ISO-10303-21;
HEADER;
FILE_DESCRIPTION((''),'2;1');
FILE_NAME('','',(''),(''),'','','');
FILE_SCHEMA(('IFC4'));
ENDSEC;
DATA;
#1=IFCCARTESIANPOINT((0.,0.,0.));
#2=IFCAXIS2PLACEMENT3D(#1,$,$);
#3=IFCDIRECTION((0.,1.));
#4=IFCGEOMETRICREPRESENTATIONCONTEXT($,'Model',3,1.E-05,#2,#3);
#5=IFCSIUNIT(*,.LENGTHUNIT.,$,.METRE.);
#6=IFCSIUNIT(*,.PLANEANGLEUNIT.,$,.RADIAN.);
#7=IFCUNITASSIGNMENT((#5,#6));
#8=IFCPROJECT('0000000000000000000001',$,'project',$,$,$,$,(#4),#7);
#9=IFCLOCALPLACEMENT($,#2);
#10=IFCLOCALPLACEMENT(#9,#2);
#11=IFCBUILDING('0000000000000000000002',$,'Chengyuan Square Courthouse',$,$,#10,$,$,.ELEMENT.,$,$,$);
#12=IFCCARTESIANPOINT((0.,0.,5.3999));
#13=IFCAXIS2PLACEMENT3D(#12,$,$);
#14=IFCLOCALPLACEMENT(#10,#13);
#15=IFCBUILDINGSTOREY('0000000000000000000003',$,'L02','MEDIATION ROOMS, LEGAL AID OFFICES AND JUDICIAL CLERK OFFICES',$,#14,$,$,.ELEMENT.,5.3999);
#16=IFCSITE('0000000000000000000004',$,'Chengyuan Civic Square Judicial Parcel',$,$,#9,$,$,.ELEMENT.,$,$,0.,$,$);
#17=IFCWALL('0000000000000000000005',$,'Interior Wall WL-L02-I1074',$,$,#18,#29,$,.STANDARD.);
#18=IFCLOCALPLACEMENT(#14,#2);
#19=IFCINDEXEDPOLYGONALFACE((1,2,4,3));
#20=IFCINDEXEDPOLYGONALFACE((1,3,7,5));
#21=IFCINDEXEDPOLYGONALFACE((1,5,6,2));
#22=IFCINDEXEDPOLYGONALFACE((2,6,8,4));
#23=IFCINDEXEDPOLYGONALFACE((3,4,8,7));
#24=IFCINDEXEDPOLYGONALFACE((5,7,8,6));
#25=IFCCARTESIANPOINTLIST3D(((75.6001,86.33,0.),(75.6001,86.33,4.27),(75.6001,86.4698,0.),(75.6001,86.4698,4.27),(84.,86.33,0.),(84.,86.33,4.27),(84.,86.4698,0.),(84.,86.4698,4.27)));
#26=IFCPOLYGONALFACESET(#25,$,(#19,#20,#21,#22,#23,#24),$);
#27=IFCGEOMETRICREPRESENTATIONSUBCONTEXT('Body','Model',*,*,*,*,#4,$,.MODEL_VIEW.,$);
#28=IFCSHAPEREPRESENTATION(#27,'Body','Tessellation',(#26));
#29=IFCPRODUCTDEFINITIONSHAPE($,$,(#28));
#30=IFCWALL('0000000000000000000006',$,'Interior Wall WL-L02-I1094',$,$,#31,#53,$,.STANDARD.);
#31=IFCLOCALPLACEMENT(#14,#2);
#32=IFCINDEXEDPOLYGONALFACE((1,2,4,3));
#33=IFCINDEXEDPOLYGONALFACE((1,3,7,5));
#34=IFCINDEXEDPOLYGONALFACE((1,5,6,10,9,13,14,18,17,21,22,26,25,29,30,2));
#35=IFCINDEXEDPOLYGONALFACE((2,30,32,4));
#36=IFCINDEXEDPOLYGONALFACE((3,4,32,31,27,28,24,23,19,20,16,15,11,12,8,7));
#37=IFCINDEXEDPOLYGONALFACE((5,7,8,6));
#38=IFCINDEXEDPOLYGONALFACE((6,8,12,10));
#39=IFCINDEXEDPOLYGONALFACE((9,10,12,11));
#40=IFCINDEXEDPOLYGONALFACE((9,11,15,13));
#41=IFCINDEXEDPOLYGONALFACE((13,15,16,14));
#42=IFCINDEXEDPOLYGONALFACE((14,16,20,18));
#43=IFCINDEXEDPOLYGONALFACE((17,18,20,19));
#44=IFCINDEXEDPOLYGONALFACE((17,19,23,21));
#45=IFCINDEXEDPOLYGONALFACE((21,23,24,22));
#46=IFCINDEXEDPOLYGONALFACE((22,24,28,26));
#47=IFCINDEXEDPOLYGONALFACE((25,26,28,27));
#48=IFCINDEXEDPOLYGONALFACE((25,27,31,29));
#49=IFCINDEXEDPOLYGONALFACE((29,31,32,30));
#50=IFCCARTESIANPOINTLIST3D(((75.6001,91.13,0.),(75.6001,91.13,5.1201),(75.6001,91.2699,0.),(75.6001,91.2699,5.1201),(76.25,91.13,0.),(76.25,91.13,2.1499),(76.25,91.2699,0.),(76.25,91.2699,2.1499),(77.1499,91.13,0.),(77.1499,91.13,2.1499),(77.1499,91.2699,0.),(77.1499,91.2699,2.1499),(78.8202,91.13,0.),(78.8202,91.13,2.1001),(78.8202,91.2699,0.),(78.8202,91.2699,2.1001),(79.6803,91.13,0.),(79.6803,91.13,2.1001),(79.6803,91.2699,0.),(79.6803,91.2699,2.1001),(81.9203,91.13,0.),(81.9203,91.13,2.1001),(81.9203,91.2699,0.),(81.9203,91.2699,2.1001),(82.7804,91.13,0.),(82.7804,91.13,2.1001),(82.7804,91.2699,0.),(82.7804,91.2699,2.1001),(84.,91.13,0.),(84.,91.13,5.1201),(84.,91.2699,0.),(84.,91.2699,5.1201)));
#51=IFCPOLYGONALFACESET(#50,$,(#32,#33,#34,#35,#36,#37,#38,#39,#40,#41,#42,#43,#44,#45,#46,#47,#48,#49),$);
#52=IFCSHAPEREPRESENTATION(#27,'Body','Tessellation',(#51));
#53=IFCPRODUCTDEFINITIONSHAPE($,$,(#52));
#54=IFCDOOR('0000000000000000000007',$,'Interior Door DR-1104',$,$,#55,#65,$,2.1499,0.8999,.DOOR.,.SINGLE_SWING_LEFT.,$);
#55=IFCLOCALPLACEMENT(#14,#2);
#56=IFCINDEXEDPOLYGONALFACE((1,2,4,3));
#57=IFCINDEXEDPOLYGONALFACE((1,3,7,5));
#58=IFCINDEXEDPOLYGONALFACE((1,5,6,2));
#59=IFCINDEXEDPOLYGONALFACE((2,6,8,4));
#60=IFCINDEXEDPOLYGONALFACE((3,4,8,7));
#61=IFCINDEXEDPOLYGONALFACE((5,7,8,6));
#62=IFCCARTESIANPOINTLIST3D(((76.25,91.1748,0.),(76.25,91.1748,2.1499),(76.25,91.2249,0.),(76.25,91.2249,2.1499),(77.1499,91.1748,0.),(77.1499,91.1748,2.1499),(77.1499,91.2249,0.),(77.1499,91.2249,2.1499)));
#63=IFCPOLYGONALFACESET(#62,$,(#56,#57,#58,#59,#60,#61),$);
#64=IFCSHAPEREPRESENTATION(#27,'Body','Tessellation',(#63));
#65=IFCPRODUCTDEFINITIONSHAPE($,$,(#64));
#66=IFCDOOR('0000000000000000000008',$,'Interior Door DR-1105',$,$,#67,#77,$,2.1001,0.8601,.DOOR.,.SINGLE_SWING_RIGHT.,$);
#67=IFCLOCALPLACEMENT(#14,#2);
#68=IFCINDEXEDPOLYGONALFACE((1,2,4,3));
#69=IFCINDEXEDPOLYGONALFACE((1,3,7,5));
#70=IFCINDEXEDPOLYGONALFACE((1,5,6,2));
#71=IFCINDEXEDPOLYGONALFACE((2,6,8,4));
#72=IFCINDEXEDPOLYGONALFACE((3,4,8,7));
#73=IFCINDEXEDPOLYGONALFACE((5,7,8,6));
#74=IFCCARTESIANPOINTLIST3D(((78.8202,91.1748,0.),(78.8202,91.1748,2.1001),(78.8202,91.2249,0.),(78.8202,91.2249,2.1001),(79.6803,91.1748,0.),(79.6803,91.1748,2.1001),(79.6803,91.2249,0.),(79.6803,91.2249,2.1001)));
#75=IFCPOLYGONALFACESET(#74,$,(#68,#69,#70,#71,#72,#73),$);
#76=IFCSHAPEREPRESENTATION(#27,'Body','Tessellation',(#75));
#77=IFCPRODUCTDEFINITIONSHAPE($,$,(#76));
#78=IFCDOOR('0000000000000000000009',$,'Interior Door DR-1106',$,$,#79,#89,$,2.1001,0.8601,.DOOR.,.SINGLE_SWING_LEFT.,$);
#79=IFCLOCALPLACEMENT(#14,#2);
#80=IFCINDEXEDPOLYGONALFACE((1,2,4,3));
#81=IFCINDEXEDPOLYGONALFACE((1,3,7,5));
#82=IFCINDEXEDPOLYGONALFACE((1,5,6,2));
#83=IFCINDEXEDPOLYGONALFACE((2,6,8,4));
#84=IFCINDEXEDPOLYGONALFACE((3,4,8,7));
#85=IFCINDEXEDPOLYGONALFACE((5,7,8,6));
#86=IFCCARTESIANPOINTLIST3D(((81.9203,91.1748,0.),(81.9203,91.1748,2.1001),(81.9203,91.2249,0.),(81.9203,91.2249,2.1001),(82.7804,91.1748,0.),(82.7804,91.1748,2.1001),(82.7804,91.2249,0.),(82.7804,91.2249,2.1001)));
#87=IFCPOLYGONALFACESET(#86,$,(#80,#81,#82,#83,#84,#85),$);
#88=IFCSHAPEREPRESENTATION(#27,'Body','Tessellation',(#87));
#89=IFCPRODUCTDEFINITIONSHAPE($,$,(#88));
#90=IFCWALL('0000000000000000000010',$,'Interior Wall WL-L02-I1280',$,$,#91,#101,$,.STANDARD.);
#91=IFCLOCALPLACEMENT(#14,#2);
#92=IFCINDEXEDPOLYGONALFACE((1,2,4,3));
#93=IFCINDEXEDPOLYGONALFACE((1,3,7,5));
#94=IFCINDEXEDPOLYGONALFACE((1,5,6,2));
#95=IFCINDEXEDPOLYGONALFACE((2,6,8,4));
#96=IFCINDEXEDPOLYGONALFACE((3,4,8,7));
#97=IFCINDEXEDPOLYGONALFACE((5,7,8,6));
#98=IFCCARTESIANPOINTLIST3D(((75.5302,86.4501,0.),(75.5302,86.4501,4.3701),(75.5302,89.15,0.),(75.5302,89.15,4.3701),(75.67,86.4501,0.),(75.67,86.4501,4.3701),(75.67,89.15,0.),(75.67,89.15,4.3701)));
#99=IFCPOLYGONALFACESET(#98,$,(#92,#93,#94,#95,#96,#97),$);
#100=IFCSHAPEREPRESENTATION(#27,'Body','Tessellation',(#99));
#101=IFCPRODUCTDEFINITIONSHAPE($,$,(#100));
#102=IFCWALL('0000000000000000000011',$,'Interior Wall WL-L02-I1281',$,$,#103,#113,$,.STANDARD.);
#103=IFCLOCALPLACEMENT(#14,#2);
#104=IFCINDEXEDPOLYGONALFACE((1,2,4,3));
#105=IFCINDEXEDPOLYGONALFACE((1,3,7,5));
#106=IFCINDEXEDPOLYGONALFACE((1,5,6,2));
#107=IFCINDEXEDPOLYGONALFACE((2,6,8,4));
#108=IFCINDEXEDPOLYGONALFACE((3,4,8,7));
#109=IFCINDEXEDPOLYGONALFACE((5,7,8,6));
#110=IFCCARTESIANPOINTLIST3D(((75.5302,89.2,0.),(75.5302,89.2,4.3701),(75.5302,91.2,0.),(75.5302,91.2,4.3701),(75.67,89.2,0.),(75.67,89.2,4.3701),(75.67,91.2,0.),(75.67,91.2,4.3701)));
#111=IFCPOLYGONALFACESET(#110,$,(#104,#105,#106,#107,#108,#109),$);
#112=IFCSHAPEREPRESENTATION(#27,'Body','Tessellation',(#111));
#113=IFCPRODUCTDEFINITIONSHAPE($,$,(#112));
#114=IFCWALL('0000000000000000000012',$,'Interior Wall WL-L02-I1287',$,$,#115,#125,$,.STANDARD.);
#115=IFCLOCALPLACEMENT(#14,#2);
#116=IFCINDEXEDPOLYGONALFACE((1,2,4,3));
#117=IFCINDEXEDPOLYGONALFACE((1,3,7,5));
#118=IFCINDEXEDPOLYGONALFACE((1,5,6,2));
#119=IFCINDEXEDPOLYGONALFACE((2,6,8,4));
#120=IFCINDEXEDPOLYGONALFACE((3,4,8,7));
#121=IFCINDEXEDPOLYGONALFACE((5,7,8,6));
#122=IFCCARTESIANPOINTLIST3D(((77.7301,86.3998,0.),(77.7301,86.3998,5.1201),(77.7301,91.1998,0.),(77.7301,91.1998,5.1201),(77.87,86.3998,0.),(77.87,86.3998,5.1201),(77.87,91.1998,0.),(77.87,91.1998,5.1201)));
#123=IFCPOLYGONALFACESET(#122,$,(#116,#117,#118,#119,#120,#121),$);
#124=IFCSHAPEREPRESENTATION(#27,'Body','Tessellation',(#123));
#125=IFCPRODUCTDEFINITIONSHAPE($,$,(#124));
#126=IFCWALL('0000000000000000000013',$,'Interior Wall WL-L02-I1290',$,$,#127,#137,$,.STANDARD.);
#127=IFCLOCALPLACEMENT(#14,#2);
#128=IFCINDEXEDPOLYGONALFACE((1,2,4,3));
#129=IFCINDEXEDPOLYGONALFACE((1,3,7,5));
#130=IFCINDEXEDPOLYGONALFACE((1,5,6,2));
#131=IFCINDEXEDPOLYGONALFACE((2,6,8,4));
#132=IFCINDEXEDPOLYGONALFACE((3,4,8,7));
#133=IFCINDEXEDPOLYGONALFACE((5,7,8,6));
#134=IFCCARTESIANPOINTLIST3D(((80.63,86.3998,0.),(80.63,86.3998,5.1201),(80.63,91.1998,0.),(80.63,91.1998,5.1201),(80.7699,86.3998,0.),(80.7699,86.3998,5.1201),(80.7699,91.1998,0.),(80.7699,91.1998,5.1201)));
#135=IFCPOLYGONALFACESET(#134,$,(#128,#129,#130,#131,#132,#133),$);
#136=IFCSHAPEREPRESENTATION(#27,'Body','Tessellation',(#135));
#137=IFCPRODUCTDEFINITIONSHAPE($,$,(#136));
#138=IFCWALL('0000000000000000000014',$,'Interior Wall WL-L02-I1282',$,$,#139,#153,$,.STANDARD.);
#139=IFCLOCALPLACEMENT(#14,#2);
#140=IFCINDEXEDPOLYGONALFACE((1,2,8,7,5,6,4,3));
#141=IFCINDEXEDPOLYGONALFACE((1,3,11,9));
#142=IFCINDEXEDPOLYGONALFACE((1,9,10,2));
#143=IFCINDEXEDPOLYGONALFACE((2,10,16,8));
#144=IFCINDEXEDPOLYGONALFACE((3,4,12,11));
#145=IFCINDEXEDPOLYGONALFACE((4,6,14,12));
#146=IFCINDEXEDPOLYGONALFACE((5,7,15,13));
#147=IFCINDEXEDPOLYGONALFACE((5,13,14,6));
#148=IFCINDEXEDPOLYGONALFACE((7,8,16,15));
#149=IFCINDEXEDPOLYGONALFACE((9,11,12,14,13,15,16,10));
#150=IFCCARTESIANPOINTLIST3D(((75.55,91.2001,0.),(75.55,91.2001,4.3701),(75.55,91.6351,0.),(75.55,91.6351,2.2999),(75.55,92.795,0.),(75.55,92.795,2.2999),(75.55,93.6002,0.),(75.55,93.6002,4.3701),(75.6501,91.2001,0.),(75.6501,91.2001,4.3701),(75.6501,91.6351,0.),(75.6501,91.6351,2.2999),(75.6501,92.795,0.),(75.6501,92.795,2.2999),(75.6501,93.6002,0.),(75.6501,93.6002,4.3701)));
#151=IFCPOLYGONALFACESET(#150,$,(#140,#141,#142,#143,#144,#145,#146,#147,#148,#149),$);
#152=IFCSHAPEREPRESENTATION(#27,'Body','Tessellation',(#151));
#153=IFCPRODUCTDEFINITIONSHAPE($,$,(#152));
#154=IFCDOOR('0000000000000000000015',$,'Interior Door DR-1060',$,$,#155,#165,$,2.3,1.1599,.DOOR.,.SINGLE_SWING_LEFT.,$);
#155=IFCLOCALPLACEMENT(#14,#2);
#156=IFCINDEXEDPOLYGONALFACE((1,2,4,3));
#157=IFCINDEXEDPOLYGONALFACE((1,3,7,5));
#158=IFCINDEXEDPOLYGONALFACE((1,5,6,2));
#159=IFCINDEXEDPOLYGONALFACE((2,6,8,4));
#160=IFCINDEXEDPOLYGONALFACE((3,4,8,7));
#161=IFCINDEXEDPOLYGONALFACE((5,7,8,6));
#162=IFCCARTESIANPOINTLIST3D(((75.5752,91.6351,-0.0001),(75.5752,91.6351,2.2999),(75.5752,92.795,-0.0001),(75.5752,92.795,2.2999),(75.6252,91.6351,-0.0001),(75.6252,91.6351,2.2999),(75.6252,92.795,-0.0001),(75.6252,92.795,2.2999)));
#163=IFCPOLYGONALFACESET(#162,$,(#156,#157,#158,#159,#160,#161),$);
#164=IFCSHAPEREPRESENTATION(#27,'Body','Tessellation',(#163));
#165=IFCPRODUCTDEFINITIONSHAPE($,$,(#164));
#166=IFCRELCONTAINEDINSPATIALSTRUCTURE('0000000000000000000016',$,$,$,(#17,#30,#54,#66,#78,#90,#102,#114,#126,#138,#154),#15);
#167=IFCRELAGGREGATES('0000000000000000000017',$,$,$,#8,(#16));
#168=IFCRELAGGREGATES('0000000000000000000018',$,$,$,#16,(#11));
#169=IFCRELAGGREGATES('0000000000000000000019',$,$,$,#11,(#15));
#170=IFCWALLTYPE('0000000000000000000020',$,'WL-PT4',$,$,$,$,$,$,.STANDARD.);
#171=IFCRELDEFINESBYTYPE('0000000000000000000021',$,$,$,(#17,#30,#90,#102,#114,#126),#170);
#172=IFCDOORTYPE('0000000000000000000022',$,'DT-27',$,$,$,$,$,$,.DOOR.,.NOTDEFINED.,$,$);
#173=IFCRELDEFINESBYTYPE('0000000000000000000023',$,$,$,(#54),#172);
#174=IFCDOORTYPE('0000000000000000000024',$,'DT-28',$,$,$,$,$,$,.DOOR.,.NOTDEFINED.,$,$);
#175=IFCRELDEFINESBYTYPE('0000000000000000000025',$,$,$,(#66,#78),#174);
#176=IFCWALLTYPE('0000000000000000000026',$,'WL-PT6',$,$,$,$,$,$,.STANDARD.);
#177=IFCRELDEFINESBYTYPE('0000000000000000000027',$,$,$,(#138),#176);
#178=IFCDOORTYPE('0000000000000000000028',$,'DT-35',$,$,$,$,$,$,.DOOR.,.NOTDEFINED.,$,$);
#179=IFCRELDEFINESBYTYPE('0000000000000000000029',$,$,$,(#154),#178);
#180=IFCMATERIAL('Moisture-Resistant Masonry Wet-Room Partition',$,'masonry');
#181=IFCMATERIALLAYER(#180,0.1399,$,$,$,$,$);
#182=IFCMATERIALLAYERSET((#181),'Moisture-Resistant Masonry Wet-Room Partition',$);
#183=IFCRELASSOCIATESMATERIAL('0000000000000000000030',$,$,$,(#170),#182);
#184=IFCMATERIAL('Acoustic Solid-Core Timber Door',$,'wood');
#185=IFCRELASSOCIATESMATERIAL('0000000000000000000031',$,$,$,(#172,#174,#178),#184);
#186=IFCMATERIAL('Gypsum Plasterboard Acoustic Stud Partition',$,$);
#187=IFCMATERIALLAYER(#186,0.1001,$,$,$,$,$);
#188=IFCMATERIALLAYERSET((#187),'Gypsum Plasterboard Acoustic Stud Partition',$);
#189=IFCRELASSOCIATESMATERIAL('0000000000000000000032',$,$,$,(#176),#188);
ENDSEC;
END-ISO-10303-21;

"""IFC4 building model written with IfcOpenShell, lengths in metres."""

from ifc_helpers import new_model, si_unit, direction, frame, frame_2d, origin, place, context, subcontext, project, spatial, rectangle, extrude, material, layer, layer_set, type_object, element, fill, save


model = new_model("IFC4")

# Units and contexts
model_context = context("Model", 3, precision=1e-05, world=origin(), true_north=direction((0.0, 1.0)))
body_context = subcontext(model_context, "Body", "Model", "MODEL_VIEW")
ifc_project = project(units=[si_unit("LENGTHUNIT", "METRE"), si_unit("PLANEANGLEUNIT", "RADIAN")], contexts=[model_context])

# Site, building, storey
site_placement = place(None, origin())
site = spatial("IfcSite", under=ifc_project, at=site_placement, Name="Chengyuan Civic Square Judicial Parcel", CompositionType="ELEMENT", RefElevation=0.0)
building_placement = place(site_placement, origin())
building = spatial("IfcBuilding", under=site, at=building_placement, Name="Chengyuan Square Courthouse", CompositionType="ELEMENT")
storey_placement = place(building_placement, frame((0.0, 0.0, 5.3999)))
storey = spatial("IfcBuildingStorey", under=building, at=storey_placement, Name="L02", Description="MEDIATION ROOMS, LEGAL AID OFFICES AND JUDICIAL CLERK OFFICES", CompositionType="ELEMENT", Elevation=5.3999)

# Wall
ifc_material_1 = material(Name="Moisture-Resistant Masonry Wet-Room Partition", Category="masonry")
ifc_layer_1 = layer(ifc_material_1, 0.1399)
ifc_layer_set_1 = layer_set([ifc_layer_1], Name="Moisture-Resistant Masonry Wet-Room Partition")
wall_type_1 = type_object("IfcWallType", Name="WL-PT4", PredefinedType="STANDARD", material=ifc_layer_set_1)
wall_1_placement = place(storey_placement, frame((75.6001, 86.3999, 0.0), z_axis=(0.0, 0.0, 1.0), x_axis=(1.0, 0.0, 0.0)))
element("IfcWall", 1, at=wall_1_placement, inside=storey, type_object=wall_type_1, Name="Interior Wall WL-L02-I1074", PredefinedType="STANDARD", context=body_context, shape_type="SweptSolid", body=[
    extrude(rectangle(XDim=8.3999, YDim=0.1399, at=frame_2d((4.2, 0.0))), origin(), (0.0, 0.0, 1.0), 4.27),
])

# Wall, openings, doors
wall_2_placement = place(storey_placement, frame((75.6001, 91.2, 0.0), z_axis=(0.0, 0.0, 1.0), x_axis=(1.0, 0.0, 0.0)))
wall_2 = element("IfcWall", 2, at=wall_2_placement, inside=storey, type_object=wall_type_1, Name="Interior Wall WL-L02-I1094", PredefinedType="STANDARD", context=body_context, shape_type="SweptSolid", body=[
    extrude(rectangle(XDim=8.3999, YDim=0.1399, at=frame_2d((4.2, 0.0))), origin(), (0.0, 0.0, 1.0), 5.1201),
])
opening_1_placement = place(wall_2_placement, frame((0.6499, 0.0, 0.0)))
opening_1 = element("IfcOpeningElement", 3, at=opening_1_placement, cuts=wall_2, PredefinedType="OPENING", context=body_context, shape_type="SweptSolid", body=[
    extrude(rectangle(XDim=0.8999, YDim=2.1499, at=frame_2d((0.45, 1.075))), frame((0.0, 0.082, 0.0), z_axis=(0.0, -1.0, 0.0), x_axis=(1.0, 0.0, 0.0)), (0.0, 0.0, 1.0), 0.1638),
])
opening_2_placement = place(wall_2_placement, frame((3.22, 0.0, 0.0)))
opening_2 = element("IfcOpeningElement", 4, at=opening_2_placement, cuts=wall_2, PredefinedType="OPENING", context=body_context, shape_type="SweptSolid", body=[
    extrude(rectangle(XDim=0.8601, YDim=2.1001, at=frame_2d((0.4302, 1.05))), frame((0.0, 0.082, 0.0), z_axis=(0.0, -1.0, 0.0), x_axis=(1.0, 0.0, 0.0)), (0.0, 0.0, 1.0), 0.1638),
])
opening_3_placement = place(wall_2_placement, frame((6.3201, 0.0, 0.0)))
opening_3 = element("IfcOpeningElement", 5, at=opening_3_placement, cuts=wall_2, PredefinedType="OPENING", context=body_context, shape_type="SweptSolid", body=[
    extrude(rectangle(XDim=0.8601, YDim=2.1001, at=frame_2d((0.4302, 1.05))), frame((0.0, 0.082, 0.0), z_axis=(0.0, -1.0, 0.0), x_axis=(1.0, 0.0, 0.0)), (0.0, 0.0, 1.0), 0.1638),
])
ifc_material_2 = material(Name="Acoustic Solid-Core Timber Door", Category="wood")
door_type_1 = type_object("IfcDoorType", Name="DT-27", OperationType="NOTDEFINED", PredefinedType="DOOR", material=ifc_material_2)
door_1_placement = place(opening_1_placement, origin())
door_1 = element("IfcDoor", 6, at=door_1_placement, inside=storey, type_object=door_type_1, Name="Interior Door DR-1104", OperationType="SINGLE_SWING_LEFT", OverallHeight=2.1499, OverallWidth=0.8999, PredefinedType="DOOR", context=body_context, shape_type="SweptSolid", body=[
    extrude(rectangle(XDim=0.8999, YDim=2.1499, at=frame_2d((0.45, 1.075))), frame((0.0, 0.0249, 0.0), z_axis=(0.0, -1.0, 0.0), x_axis=(1.0, 0.0, 0.0)), (0.0, 0.0, 1.0), 0.05),
])
fill(opening_1, door_1)
door_type_2 = type_object("IfcDoorType", Name="DT-28", OperationType="NOTDEFINED", PredefinedType="DOOR", material=ifc_material_2)
door_2_placement = place(opening_2_placement, origin())
door_2 = element("IfcDoor", 7, at=door_2_placement, inside=storey, type_object=door_type_2, Name="Interior Door DR-1105", OperationType="SINGLE_SWING_RIGHT", OverallHeight=2.1001, OverallWidth=0.8601, PredefinedType="DOOR", context=body_context, shape_type="SweptSolid", body=[
    extrude(rectangle(XDim=0.8601, YDim=2.1001, at=frame_2d((0.4302, 1.05))), frame((0.0, 0.0249, 0.0), z_axis=(0.0, -1.0, 0.0), x_axis=(1.0, 0.0, 0.0)), (0.0, 0.0, 1.0), 0.05),
])
fill(opening_2, door_2)
door_3_placement = place(opening_3_placement, origin())
door_3 = element("IfcDoor", 8, at=door_3_placement, inside=storey, type_object=door_type_2, Name="Interior Door DR-1106", OperationType="SINGLE_SWING_LEFT", OverallHeight=2.1001, OverallWidth=0.8601, PredefinedType="DOOR", context=body_context, shape_type="SweptSolid", body=[
    extrude(rectangle(XDim=0.8601, YDim=2.1001, at=frame_2d((0.4302, 1.05))), frame((0.0, 0.0249, 0.0), z_axis=(0.0, -1.0, 0.0), x_axis=(1.0, 0.0, 0.0)), (0.0, 0.0, 1.0), 0.05),
])
fill(opening_3, door_3)

# Walls
wall_3_placement = place(storey_placement, frame((75.6001, 86.45, 0.0), z_axis=(0.0, 0.0, 1.0), x_axis=(0.0, 1.0, 0.0)))
element("IfcWall", 9, at=wall_3_placement, inside=storey, type_object=wall_type_1, Name="Interior Wall WL-L02-I1280", PredefinedType="STANDARD", context=body_context, shape_type="SweptSolid", body=[
    extrude(rectangle(XDim=2.7, YDim=0.1399, at=frame_2d((1.3501, 0.0))), origin(), (0.0, 0.0, 1.0), 4.3701),
])
wall_4_placement = place(storey_placement, frame((75.6001, 89.2, 0.0), z_axis=(0.0, 0.0, 1.0), x_axis=(0.0, 1.0, 0.0)))
element("IfcWall", 10, at=wall_4_placement, inside=storey, type_object=wall_type_1, Name="Interior Wall WL-L02-I1281", PredefinedType="STANDARD", context=body_context, shape_type="SweptSolid", body=[
    extrude(rectangle(XDim=2.0, YDim=0.1399, at=frame_2d((1.0, 0.0))), origin(), (0.0, 0.0, 1.0), 4.3701),
])
for number, where, z_axis, x_axis, name in (
    (11, (77.8, 86.3999, 0.0), (0.0, 0.0, 1.0), (0.0, 1.0, 0.0), "Interior Wall WL-L02-I1287"),
    (12, (80.7, 86.3999, 0.0), (0.0, 0.0, 1.0), (0.0, 1.0, 0.0), "Interior Wall WL-L02-I1290"),
):
    element("IfcWall", number, at=place(storey_placement, frame(where, z_axis=z_axis, x_axis=x_axis)), inside=storey, type_object=wall_type_1, Name=name, PredefinedType="STANDARD", context=body_context, shape_type="SweptSolid", body=[
        extrude(rectangle(XDim=4.8, YDim=0.1399, at=frame_2d((2.3999, 0.0))), origin(), (0.0, 0.0, 1.0), 5.1201),
    ])

# Wall, opening, door
ifc_material_3 = material(Name="Gypsum Plasterboard Acoustic Stud Partition")
ifc_layer_2 = layer(ifc_material_3, 0.1001)
ifc_layer_set_2 = layer_set([ifc_layer_2], Name="Gypsum Plasterboard Acoustic Stud Partition")
wall_type_2 = type_object("IfcWallType", Name="WL-PT6", PredefinedType="STANDARD", material=ifc_layer_set_2)
wall_5_placement = place(storey_placement, frame((75.6001, 91.2, 0.0), z_axis=(0.0, 0.0, 1.0), x_axis=(0.0, 1.0, 0.0)))
wall_5 = element("IfcWall", 13, at=wall_5_placement, inside=storey, type_object=wall_type_2, Name="Interior Wall WL-L02-I1282", PredefinedType="STANDARD", context=body_context, shape_type="SweptSolid", body=[
    extrude(rectangle(XDim=2.4001, YDim=0.1001, at=frame_2d((1.2002, 0.0))), origin(), (0.0, 0.0, 1.0), 4.3701),
])
opening_4_placement = place(wall_5_placement, frame((0.4351, 0.0, 0.0)))
opening_4 = element("IfcOpeningElement", 14, at=opening_4_placement, cuts=wall_5, PredefinedType="OPENING", context=body_context, shape_type="SweptSolid", body=[
    extrude(rectangle(XDim=1.1599, YDim=2.3, at=frame_2d((0.5801, 1.1499))), frame((0.0, 0.062, 0.0), z_axis=(0.0, -1.0, 0.0), x_axis=(1.0, 0.0, 0.0)), (0.0, 0.0, 1.0), 0.124),
])
door_type_3 = type_object("IfcDoorType", Name="DT-35", OperationType="NOTDEFINED", PredefinedType="DOOR", material=ifc_material_2)
door_4_placement = place(opening_4_placement, origin())
door_4 = element("IfcDoor", 15, at=door_4_placement, inside=storey, type_object=door_type_3, Name="Interior Door DR-1060", OperationType="SINGLE_SWING_LEFT", OverallHeight=2.3, OverallWidth=1.1599, PredefinedType="DOOR", context=body_context, shape_type="SweptSolid", body=[
    extrude(rectangle(XDim=1.1599, YDim=2.3, at=frame_2d((0.5801, 1.1499))), frame((0.0, 0.0249, 0.0), z_axis=(0.0, -1.0, 0.0), x_axis=(1.0, 0.0, 0.0)), (0.0, 0.0, 1.0), 0.05),
])
fill(opening_4, door_4)

save(model, "model.ifc")
